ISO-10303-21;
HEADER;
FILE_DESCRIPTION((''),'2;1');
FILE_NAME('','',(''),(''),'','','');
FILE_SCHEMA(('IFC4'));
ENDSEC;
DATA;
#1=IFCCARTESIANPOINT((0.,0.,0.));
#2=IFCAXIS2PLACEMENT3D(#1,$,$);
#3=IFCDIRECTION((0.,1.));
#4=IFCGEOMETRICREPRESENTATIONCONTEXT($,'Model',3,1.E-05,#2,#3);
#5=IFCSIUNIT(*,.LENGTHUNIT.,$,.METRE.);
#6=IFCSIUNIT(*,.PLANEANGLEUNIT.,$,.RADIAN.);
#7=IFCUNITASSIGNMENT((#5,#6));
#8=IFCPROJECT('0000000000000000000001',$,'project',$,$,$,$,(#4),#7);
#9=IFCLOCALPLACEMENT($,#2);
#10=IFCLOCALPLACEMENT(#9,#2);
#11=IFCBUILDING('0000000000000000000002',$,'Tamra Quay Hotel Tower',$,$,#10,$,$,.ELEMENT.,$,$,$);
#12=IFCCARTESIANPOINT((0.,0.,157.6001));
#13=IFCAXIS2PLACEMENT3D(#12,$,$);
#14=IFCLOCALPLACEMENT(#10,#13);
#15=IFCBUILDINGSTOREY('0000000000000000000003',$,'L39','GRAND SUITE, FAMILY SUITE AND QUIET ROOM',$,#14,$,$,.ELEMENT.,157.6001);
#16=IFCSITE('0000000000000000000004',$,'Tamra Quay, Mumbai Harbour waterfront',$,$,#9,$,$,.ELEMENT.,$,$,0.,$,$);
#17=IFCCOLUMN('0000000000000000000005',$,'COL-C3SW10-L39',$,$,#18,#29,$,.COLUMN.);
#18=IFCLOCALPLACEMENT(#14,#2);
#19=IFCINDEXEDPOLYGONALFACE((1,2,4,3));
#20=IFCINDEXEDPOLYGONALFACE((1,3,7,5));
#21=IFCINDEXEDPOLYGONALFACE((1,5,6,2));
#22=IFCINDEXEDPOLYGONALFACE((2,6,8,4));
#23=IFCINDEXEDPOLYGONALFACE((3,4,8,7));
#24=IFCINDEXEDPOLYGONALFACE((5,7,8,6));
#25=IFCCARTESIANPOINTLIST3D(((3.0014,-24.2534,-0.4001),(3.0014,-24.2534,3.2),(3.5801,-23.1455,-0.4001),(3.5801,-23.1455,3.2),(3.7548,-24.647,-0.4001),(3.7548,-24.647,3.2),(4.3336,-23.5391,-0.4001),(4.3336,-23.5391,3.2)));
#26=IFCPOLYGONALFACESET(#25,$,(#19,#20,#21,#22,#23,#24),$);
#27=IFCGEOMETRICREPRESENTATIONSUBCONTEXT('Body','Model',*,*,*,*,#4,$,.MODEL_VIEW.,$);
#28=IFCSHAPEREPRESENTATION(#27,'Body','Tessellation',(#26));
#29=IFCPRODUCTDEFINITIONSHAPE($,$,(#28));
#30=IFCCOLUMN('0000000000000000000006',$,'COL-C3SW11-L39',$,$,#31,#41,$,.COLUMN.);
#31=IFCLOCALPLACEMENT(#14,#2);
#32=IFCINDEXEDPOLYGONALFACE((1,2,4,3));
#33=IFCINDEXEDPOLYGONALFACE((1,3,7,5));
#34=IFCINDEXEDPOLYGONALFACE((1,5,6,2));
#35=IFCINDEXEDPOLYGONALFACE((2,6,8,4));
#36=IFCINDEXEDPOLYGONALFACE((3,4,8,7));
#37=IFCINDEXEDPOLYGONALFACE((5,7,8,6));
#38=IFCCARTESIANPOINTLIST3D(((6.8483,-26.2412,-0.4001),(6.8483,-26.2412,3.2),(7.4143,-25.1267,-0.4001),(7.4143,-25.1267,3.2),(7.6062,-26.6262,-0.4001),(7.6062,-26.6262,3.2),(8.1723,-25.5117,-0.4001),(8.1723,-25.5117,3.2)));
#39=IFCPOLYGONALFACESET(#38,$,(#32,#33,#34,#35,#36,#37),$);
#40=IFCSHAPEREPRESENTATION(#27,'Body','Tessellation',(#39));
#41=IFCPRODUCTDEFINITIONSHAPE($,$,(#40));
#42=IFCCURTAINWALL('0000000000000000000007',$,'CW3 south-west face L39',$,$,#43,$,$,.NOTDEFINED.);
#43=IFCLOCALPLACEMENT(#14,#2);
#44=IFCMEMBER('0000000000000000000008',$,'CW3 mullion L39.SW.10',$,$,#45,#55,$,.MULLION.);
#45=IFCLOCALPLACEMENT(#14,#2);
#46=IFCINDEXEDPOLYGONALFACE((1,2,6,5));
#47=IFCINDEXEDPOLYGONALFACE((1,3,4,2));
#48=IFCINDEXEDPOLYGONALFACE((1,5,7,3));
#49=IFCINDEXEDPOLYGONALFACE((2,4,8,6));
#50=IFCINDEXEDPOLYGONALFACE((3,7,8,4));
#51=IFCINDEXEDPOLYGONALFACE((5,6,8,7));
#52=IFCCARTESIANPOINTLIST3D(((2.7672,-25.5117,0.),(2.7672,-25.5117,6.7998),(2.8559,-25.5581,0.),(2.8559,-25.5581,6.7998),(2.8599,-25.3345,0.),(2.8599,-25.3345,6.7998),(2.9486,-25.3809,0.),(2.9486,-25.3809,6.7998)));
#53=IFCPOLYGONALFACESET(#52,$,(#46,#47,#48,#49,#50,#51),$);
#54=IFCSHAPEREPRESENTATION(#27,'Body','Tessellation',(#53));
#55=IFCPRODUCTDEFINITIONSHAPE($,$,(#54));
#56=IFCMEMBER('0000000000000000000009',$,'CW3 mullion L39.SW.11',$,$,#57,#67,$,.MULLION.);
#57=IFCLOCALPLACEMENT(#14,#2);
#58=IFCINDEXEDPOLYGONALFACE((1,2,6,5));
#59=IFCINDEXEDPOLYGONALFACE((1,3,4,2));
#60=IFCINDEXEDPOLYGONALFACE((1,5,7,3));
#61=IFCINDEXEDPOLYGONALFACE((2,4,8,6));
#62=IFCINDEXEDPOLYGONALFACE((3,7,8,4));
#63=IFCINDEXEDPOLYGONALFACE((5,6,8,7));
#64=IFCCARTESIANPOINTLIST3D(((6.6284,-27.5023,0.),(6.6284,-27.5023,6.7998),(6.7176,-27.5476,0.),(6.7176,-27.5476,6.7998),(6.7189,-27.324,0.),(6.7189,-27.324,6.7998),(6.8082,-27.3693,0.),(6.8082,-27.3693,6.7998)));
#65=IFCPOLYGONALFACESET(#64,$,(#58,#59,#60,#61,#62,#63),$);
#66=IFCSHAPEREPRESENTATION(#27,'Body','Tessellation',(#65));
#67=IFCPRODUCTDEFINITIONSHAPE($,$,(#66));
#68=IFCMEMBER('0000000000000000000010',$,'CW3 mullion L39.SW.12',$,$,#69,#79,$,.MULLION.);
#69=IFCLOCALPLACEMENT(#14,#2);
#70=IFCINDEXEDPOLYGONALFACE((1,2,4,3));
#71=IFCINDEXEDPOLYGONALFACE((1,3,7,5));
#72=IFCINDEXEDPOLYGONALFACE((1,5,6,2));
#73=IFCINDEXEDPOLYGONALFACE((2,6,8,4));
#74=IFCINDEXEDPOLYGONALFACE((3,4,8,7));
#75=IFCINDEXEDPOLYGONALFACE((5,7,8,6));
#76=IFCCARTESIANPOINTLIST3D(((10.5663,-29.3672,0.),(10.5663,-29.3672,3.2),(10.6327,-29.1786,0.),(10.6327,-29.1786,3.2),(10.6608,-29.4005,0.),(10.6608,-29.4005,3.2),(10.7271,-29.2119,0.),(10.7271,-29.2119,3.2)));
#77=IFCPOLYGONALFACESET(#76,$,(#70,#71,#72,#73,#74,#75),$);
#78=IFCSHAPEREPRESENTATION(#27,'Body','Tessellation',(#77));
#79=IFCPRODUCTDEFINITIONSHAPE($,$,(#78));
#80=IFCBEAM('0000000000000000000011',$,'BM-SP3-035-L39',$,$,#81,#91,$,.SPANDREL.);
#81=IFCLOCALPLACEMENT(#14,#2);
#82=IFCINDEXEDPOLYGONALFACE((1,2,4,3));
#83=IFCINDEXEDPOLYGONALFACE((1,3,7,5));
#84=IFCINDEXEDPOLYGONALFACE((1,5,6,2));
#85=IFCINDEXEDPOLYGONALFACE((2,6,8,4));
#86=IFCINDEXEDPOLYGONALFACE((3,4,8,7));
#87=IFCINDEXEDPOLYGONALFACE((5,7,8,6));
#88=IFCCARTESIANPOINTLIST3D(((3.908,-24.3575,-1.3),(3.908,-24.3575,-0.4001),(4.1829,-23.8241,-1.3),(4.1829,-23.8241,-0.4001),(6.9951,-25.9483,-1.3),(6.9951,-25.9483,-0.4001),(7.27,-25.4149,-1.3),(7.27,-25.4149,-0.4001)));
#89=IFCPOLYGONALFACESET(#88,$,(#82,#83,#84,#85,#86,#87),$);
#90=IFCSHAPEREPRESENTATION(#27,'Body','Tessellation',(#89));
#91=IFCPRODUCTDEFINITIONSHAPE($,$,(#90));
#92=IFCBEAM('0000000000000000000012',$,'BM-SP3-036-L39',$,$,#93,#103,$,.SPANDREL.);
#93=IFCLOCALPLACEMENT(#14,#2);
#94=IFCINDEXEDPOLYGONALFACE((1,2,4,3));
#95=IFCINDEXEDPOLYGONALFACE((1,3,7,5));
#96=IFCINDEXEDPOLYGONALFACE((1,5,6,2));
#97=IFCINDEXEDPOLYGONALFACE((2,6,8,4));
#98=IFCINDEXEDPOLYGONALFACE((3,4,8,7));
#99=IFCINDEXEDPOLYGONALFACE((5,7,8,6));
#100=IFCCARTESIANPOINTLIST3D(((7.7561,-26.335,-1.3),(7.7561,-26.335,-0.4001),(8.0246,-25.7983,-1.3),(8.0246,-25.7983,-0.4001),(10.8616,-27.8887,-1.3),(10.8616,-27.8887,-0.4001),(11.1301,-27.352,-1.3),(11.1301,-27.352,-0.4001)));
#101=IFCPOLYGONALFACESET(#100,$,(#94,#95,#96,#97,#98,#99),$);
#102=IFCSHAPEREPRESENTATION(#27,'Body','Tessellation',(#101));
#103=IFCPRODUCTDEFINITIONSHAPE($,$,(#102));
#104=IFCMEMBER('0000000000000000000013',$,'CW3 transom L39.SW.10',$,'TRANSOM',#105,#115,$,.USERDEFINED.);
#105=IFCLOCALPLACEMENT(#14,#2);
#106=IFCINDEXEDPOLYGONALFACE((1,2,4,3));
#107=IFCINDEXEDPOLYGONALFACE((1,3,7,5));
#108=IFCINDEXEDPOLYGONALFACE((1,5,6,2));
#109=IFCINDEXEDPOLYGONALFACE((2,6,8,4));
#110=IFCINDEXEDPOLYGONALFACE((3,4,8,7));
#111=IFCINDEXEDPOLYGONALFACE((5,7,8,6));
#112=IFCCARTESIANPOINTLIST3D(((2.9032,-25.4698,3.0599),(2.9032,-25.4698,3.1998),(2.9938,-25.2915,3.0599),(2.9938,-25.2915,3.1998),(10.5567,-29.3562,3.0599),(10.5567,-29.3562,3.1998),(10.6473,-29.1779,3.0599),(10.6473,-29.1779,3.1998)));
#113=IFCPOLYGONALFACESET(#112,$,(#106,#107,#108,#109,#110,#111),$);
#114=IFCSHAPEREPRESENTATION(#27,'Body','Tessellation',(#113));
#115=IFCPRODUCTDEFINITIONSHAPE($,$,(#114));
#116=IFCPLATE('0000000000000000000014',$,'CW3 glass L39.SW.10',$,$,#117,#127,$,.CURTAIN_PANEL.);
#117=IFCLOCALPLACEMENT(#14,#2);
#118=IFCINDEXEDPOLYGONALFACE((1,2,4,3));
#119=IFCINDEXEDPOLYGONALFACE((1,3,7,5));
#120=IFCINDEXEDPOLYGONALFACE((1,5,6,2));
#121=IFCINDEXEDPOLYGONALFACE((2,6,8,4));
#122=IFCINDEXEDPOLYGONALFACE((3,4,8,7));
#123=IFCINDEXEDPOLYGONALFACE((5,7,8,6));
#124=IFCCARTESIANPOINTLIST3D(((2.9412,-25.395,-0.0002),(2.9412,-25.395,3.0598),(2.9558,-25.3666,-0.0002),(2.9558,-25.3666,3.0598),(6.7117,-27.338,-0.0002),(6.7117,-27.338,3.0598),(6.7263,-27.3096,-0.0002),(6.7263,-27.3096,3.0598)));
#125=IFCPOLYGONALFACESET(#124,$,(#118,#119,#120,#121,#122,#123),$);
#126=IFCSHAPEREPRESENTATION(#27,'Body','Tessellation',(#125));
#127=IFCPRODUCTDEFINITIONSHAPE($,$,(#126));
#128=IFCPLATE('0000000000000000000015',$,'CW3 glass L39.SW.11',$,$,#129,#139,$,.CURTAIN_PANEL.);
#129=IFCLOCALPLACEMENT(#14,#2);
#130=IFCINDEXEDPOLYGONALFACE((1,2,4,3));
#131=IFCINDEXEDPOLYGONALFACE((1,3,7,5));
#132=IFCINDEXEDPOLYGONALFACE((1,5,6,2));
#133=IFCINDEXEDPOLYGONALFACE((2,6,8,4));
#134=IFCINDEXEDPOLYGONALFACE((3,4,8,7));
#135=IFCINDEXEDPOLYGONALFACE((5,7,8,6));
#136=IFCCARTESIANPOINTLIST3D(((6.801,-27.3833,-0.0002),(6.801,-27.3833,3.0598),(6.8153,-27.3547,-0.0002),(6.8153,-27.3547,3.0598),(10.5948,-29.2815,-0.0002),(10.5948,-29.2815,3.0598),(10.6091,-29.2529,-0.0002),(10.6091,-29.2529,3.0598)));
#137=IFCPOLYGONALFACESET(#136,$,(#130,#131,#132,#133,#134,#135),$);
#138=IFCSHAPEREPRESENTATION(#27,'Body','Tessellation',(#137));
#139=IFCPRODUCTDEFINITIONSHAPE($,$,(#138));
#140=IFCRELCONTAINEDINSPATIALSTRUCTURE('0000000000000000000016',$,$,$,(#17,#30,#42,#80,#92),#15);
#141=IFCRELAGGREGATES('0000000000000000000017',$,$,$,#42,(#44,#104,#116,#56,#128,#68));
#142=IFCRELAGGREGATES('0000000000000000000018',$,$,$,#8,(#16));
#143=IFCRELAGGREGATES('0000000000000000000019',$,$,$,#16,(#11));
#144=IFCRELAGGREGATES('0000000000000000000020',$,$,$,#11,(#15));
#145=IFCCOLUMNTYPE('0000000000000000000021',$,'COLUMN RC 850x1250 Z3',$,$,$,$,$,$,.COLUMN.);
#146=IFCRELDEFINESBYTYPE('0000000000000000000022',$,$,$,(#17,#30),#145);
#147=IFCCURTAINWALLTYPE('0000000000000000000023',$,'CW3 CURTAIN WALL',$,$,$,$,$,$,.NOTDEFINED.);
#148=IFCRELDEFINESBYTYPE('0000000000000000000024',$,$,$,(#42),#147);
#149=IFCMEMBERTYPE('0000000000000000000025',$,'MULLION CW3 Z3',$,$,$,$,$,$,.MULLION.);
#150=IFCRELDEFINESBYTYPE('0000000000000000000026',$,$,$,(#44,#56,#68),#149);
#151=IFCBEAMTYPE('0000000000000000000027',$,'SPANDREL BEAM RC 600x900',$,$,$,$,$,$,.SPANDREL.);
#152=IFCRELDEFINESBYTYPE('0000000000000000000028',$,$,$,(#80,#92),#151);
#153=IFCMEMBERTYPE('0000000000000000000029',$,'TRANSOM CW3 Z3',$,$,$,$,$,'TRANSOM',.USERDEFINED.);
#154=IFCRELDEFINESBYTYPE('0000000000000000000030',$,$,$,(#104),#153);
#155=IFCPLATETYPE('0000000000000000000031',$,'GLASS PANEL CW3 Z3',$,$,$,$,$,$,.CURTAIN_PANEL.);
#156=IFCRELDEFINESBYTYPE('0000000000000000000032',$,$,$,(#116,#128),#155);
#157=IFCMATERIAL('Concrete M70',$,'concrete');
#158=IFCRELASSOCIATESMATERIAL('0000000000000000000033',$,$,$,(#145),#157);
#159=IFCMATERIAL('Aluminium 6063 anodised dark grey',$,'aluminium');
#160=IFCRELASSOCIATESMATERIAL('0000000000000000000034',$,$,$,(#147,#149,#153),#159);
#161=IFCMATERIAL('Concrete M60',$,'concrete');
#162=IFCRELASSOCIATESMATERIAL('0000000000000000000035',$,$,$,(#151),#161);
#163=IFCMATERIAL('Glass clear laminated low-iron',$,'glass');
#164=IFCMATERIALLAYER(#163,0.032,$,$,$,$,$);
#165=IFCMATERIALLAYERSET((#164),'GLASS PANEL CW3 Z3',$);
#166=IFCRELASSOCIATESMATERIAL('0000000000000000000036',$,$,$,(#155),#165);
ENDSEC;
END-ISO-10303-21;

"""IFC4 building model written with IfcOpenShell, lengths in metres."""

from ifc_helpers import new_model, si_unit, direction, frame, origin, origin_2d, place, context, subcontext, project, spatial, rectangle, extrude, material, layer, layer_set, material_profile, profile_set, type_object, element, aggregate, save


model = new_model("IFC4")

# Units and contexts
model_context = context("Model", 3, precision=1e-05, world=origin(), true_north=direction((0.0, 1.0)))
body_context = subcontext(model_context, "Body", "Model", "MODEL_VIEW")
ifc_project = project(units=[si_unit("LENGTHUNIT", "METRE"), si_unit("PLANEANGLEUNIT", "RADIAN")], contexts=[model_context])

# Site, building, storey
site_placement = place(None, origin())
site = spatial("IfcSite", under=ifc_project, at=site_placement, Name="Tamra Quay, Mumbai Harbour waterfront", CompositionType="ELEMENT", RefElevation=0.0)
building_placement = place(site_placement, origin())
building = spatial("IfcBuilding", under=site, at=building_placement, Name="Tamra Quay Hotel Tower", CompositionType="ELEMENT")
storey_placement = place(building_placement, frame((0.0, 0.0, 157.6001)))
storey = spatial("IfcBuildingStorey", under=building, at=storey_placement, Name="L39", Description="GRAND SUITE, FAMILY SUITE AND QUIET ROOM", CompositionType="ELEMENT", Elevation=157.6001)

# Columns
ifc_material_1 = material(Name="Concrete M70", Category="concrete")
ifc_material_profile_1 = material_profile(ifc_material_1, rectangle(XDim=1.25, YDim=0.8501, at=origin_2d()), Name="COLUMN RC 850x1250 Z3")
ifc_profile_set_1 = profile_set([ifc_material_profile_1], Name="Concrete M70")
column_type = type_object("IfcColumnType", Name="COLUMN RC 850x1250 Z3", PredefinedType="COLUMN", material=ifc_profile_set_1)
for number, where, z_axis, x_axis, name in (
    (1, (3.6675, -23.8962, -0.4001), (0.0, 0.0, 1.0), (0.463007, 0.886355, 0.0), "COL-C3SW10-L39"),
    (2, (7.5103, -25.8765, -0.4001), (0.0, 0.0, 1.0), (0.45286, 0.891582, 0.0), "COL-C3SW11-L39"),
):
    element("IfcColumn", number, at=place(storey_placement, frame(where, z_axis=z_axis, x_axis=x_axis)), inside=storey, type_object=column_type, Name=name, PredefinedType="COLUMN", context=body_context, shape_type="SweptSolid", body=[
        extrude(rectangle(XDim=1.25, YDim=0.8501, at=origin_2d()), origin(), (0.0, 0.0, 1.0), 3.6001),
    ])

# Curtain wall, members
ifc_material_2 = material(Name="Aluminium 6063 anodised dark grey", Category="aluminium")
curtain_wall_type = type_object("IfcCurtainWallType", Name="CW3 CURTAIN WALL", PredefinedType="NOTDEFINED", material=ifc_material_2)
curtain_wall_placement = place(storey_placement, origin())
curtain_wall = element("IfcCurtainWall", 3, at=curtain_wall_placement, inside=storey, type_object=curtain_wall_type, Name="CW3 south-west face L39", PredefinedType="NOTDEFINED")
ifc_material_profile_2 = material_profile(ifc_material_2, rectangle(XDim=0.2, YDim=0.1001, at=origin_2d()), Name="MULLION 100X200")
ifc_profile_set_2 = profile_set([ifc_material_profile_2], Name="Aluminium 6063 anodised dark grey")
member_type_1 = type_object("IfcMemberType", Name="MULLION CW3 Z3", PredefinedType="MULLION", material=ifc_profile_set_2)
member_1_placement = place(storey_placement, frame((2.8579, -25.4463, 0.0), z_axis=(0.0, 0.0, 1.0), x_axis=(-0.463366, -0.886167, 0.0)))
member_1 = element("IfcMember", 4, at=member_1_placement, type_object=member_type_1, Name="CW3 mullion L39.SW.10", PredefinedType="MULLION", context=body_context, shape_type="SweptSolid", body=[
    extrude(rectangle(XDim=0.2, YDim=0.1001, at=origin_2d()), origin(), (0.0, 0.0, 1.0), 6.7998),
])
member_2_placement = place(storey_placement, frame((6.7183, -27.4358, 0.0), z_axis=(0.0, 0.0, 1.0), x_axis=(-0.452777, -0.891624, 0.0)))
member_2 = element("IfcMember", 5, at=member_2_placement, type_object=member_type_1, Name="CW3 mullion L39.SW.11", PredefinedType="MULLION", context=body_context, shape_type="SweptSolid", body=[
    extrude(rectangle(XDim=0.2, YDim=0.1001, at=origin_2d()), origin(), (0.0, 0.0, 1.0), 6.7998),
])
member_3_placement = place(storey_placement, frame((10.6467, -29.2896, 0.0), z_axis=(0.0, 0.0, 1.0), x_axis=(-0.331894, -0.943317, 0.0)))
member_3 = element("IfcMember", 6, at=member_3_placement, type_object=member_type_1, Name="CW3 mullion L39.SW.12", PredefinedType="MULLION", context=body_context, shape_type="SweptSolid", body=[
    extrude(rectangle(XDim=0.2, YDim=0.1001, at=origin_2d()), origin(), (0.0, 0.0, 1.0), 3.2),
])

# Beams
ifc_material_3 = material(Name="Concrete M60", Category="concrete")
ifc_material_profile_3 = material_profile(ifc_material_3, rectangle(XDim=0.6001, YDim=0.8999, at=origin_2d()), Name="SPANDREL BEAM RC 600x900")
ifc_profile_set_3 = profile_set([ifc_material_profile_3], Name="Concrete M60")
beam_type = type_object("IfcBeamType", Name="SPANDREL BEAM RC 600x900", PredefinedType="SPANDREL", material=ifc_profile_set_3)
beam_1_placement = place(storey_placement, frame((4.0454, -24.0908, -0.8501), z_axis=(0.88892, -0.458063, 0.0), x_axis=(0.458063, 0.88892, 0.0)))
element("IfcBeam", 7, at=beam_1_placement, inside=storey, type_object=beam_type, Name="BM-SP3-035-L39", PredefinedType="SPANDREL", context=body_context, shape_type="SweptSolid", body=[
    extrude(rectangle(XDim=0.6001, YDim=0.8999, at=origin_2d()), origin(), (0.0, 0.0, 1.0), 3.4729),
])
beam_2_placement = place(storey_placement, frame((7.8904, -26.0667, -0.8501), z_axis=(0.894315, -0.447439, 0.0), x_axis=(0.447439, 0.894315, 0.0)))
element("IfcBeam", 8, at=beam_2_placement, inside=storey, type_object=beam_type, Name="BM-SP3-036-L39", PredefinedType="SPANDREL", context=body_context, shape_type="SweptSolid", body=[
    extrude(rectangle(XDim=0.6001, YDim=0.8999, at=origin_2d()), origin(), (0.0, 0.0, 1.0), 3.4724),
])

# Member
ifc_material_profile_4 = material_profile(ifc_material_2, rectangle(XDim=0.2, YDim=0.1399, at=origin_2d()), Name="TRANSOM 200X140")
ifc_profile_set_4 = profile_set([ifc_material_profile_4], Name="Aluminium 6063 anodised dark grey")
member_type_2 = type_object("IfcMemberType", Name="TRANSOM CW3 Z3", ElementType="TRANSOM", PredefinedType="USERDEFINED", material=ifc_profile_set_4)
member_4_placement = place(storey_placement, frame((2.9485, -25.3806, 3.1299), z_axis=(0.891628, -0.452768, 0.0), x_axis=(0.452768, 0.891628, 0.0)))
member_4 = element("IfcMember", 9, at=member_4_placement, type_object=member_type_2, Name="CW3 transom L39.SW.10", ObjectType="TRANSOM", PredefinedType="USERDEFINED", context=body_context, shape_type="SweptSolid", body=[
    extrude(rectangle(XDim=0.2, YDim=0.1399, at=origin_2d()), origin(), (0.0, 0.0, 1.0), 8.5837),
])

# Plates
ifc_material_4 = material(Name="Glass clear laminated low-iron", Category="glass")
ifc_layer_1 = layer(ifc_material_4, 0.032)
ifc_layer_set_1 = layer_set([ifc_layer_1], Name="GLASS PANEL CW3 Z3")
plate_type = type_object("IfcPlateType", Name="GLASS PANEL CW3 Z3", PredefinedType="CURTAIN_PANEL", material=ifc_layer_set_1)
plate_1_placement = place(storey_placement, frame((4.8337, -26.3523, -0.0002), z_axis=(0.0, 0.0, 1.0), x_axis=(0.888911, -0.45808, 0.0)))
plate_1 = element("IfcPlate", 10, at=plate_1_placement, type_object=plate_type, Name="CW3 glass L39.SW.10", PredefinedType="CURTAIN_PANEL", context=body_context, shape_type="SweptSolid", body=[
    extrude(rectangle(XDim=4.2417, YDim=0.032, at=origin_2d()), origin(), (0.0, 0.0, 1.0), 3.0601),
])
plate_2_placement = place(storey_placement, frame((8.7051, -28.3181, -0.0002), z_axis=(0.0, 0.0, 1.0), x_axis=(0.894305, -0.447459, 0.0)))
plate_2 = element("IfcPlate", 11, at=plate_2_placement, type_object=plate_type, Name="CW3 glass L39.SW.11", PredefinedType="CURTAIN_PANEL", context=body_context, shape_type="SweptSolid", body=[
    extrude(rectangle(XDim=4.2422, YDim=0.032, at=origin_2d()), origin(), (0.0, 0.0, 1.0), 3.0601),
])
aggregate(curtain_wall, [member_1, member_4, plate_1, member_2, plate_2, member_3])

save(model, "model.ifc")
